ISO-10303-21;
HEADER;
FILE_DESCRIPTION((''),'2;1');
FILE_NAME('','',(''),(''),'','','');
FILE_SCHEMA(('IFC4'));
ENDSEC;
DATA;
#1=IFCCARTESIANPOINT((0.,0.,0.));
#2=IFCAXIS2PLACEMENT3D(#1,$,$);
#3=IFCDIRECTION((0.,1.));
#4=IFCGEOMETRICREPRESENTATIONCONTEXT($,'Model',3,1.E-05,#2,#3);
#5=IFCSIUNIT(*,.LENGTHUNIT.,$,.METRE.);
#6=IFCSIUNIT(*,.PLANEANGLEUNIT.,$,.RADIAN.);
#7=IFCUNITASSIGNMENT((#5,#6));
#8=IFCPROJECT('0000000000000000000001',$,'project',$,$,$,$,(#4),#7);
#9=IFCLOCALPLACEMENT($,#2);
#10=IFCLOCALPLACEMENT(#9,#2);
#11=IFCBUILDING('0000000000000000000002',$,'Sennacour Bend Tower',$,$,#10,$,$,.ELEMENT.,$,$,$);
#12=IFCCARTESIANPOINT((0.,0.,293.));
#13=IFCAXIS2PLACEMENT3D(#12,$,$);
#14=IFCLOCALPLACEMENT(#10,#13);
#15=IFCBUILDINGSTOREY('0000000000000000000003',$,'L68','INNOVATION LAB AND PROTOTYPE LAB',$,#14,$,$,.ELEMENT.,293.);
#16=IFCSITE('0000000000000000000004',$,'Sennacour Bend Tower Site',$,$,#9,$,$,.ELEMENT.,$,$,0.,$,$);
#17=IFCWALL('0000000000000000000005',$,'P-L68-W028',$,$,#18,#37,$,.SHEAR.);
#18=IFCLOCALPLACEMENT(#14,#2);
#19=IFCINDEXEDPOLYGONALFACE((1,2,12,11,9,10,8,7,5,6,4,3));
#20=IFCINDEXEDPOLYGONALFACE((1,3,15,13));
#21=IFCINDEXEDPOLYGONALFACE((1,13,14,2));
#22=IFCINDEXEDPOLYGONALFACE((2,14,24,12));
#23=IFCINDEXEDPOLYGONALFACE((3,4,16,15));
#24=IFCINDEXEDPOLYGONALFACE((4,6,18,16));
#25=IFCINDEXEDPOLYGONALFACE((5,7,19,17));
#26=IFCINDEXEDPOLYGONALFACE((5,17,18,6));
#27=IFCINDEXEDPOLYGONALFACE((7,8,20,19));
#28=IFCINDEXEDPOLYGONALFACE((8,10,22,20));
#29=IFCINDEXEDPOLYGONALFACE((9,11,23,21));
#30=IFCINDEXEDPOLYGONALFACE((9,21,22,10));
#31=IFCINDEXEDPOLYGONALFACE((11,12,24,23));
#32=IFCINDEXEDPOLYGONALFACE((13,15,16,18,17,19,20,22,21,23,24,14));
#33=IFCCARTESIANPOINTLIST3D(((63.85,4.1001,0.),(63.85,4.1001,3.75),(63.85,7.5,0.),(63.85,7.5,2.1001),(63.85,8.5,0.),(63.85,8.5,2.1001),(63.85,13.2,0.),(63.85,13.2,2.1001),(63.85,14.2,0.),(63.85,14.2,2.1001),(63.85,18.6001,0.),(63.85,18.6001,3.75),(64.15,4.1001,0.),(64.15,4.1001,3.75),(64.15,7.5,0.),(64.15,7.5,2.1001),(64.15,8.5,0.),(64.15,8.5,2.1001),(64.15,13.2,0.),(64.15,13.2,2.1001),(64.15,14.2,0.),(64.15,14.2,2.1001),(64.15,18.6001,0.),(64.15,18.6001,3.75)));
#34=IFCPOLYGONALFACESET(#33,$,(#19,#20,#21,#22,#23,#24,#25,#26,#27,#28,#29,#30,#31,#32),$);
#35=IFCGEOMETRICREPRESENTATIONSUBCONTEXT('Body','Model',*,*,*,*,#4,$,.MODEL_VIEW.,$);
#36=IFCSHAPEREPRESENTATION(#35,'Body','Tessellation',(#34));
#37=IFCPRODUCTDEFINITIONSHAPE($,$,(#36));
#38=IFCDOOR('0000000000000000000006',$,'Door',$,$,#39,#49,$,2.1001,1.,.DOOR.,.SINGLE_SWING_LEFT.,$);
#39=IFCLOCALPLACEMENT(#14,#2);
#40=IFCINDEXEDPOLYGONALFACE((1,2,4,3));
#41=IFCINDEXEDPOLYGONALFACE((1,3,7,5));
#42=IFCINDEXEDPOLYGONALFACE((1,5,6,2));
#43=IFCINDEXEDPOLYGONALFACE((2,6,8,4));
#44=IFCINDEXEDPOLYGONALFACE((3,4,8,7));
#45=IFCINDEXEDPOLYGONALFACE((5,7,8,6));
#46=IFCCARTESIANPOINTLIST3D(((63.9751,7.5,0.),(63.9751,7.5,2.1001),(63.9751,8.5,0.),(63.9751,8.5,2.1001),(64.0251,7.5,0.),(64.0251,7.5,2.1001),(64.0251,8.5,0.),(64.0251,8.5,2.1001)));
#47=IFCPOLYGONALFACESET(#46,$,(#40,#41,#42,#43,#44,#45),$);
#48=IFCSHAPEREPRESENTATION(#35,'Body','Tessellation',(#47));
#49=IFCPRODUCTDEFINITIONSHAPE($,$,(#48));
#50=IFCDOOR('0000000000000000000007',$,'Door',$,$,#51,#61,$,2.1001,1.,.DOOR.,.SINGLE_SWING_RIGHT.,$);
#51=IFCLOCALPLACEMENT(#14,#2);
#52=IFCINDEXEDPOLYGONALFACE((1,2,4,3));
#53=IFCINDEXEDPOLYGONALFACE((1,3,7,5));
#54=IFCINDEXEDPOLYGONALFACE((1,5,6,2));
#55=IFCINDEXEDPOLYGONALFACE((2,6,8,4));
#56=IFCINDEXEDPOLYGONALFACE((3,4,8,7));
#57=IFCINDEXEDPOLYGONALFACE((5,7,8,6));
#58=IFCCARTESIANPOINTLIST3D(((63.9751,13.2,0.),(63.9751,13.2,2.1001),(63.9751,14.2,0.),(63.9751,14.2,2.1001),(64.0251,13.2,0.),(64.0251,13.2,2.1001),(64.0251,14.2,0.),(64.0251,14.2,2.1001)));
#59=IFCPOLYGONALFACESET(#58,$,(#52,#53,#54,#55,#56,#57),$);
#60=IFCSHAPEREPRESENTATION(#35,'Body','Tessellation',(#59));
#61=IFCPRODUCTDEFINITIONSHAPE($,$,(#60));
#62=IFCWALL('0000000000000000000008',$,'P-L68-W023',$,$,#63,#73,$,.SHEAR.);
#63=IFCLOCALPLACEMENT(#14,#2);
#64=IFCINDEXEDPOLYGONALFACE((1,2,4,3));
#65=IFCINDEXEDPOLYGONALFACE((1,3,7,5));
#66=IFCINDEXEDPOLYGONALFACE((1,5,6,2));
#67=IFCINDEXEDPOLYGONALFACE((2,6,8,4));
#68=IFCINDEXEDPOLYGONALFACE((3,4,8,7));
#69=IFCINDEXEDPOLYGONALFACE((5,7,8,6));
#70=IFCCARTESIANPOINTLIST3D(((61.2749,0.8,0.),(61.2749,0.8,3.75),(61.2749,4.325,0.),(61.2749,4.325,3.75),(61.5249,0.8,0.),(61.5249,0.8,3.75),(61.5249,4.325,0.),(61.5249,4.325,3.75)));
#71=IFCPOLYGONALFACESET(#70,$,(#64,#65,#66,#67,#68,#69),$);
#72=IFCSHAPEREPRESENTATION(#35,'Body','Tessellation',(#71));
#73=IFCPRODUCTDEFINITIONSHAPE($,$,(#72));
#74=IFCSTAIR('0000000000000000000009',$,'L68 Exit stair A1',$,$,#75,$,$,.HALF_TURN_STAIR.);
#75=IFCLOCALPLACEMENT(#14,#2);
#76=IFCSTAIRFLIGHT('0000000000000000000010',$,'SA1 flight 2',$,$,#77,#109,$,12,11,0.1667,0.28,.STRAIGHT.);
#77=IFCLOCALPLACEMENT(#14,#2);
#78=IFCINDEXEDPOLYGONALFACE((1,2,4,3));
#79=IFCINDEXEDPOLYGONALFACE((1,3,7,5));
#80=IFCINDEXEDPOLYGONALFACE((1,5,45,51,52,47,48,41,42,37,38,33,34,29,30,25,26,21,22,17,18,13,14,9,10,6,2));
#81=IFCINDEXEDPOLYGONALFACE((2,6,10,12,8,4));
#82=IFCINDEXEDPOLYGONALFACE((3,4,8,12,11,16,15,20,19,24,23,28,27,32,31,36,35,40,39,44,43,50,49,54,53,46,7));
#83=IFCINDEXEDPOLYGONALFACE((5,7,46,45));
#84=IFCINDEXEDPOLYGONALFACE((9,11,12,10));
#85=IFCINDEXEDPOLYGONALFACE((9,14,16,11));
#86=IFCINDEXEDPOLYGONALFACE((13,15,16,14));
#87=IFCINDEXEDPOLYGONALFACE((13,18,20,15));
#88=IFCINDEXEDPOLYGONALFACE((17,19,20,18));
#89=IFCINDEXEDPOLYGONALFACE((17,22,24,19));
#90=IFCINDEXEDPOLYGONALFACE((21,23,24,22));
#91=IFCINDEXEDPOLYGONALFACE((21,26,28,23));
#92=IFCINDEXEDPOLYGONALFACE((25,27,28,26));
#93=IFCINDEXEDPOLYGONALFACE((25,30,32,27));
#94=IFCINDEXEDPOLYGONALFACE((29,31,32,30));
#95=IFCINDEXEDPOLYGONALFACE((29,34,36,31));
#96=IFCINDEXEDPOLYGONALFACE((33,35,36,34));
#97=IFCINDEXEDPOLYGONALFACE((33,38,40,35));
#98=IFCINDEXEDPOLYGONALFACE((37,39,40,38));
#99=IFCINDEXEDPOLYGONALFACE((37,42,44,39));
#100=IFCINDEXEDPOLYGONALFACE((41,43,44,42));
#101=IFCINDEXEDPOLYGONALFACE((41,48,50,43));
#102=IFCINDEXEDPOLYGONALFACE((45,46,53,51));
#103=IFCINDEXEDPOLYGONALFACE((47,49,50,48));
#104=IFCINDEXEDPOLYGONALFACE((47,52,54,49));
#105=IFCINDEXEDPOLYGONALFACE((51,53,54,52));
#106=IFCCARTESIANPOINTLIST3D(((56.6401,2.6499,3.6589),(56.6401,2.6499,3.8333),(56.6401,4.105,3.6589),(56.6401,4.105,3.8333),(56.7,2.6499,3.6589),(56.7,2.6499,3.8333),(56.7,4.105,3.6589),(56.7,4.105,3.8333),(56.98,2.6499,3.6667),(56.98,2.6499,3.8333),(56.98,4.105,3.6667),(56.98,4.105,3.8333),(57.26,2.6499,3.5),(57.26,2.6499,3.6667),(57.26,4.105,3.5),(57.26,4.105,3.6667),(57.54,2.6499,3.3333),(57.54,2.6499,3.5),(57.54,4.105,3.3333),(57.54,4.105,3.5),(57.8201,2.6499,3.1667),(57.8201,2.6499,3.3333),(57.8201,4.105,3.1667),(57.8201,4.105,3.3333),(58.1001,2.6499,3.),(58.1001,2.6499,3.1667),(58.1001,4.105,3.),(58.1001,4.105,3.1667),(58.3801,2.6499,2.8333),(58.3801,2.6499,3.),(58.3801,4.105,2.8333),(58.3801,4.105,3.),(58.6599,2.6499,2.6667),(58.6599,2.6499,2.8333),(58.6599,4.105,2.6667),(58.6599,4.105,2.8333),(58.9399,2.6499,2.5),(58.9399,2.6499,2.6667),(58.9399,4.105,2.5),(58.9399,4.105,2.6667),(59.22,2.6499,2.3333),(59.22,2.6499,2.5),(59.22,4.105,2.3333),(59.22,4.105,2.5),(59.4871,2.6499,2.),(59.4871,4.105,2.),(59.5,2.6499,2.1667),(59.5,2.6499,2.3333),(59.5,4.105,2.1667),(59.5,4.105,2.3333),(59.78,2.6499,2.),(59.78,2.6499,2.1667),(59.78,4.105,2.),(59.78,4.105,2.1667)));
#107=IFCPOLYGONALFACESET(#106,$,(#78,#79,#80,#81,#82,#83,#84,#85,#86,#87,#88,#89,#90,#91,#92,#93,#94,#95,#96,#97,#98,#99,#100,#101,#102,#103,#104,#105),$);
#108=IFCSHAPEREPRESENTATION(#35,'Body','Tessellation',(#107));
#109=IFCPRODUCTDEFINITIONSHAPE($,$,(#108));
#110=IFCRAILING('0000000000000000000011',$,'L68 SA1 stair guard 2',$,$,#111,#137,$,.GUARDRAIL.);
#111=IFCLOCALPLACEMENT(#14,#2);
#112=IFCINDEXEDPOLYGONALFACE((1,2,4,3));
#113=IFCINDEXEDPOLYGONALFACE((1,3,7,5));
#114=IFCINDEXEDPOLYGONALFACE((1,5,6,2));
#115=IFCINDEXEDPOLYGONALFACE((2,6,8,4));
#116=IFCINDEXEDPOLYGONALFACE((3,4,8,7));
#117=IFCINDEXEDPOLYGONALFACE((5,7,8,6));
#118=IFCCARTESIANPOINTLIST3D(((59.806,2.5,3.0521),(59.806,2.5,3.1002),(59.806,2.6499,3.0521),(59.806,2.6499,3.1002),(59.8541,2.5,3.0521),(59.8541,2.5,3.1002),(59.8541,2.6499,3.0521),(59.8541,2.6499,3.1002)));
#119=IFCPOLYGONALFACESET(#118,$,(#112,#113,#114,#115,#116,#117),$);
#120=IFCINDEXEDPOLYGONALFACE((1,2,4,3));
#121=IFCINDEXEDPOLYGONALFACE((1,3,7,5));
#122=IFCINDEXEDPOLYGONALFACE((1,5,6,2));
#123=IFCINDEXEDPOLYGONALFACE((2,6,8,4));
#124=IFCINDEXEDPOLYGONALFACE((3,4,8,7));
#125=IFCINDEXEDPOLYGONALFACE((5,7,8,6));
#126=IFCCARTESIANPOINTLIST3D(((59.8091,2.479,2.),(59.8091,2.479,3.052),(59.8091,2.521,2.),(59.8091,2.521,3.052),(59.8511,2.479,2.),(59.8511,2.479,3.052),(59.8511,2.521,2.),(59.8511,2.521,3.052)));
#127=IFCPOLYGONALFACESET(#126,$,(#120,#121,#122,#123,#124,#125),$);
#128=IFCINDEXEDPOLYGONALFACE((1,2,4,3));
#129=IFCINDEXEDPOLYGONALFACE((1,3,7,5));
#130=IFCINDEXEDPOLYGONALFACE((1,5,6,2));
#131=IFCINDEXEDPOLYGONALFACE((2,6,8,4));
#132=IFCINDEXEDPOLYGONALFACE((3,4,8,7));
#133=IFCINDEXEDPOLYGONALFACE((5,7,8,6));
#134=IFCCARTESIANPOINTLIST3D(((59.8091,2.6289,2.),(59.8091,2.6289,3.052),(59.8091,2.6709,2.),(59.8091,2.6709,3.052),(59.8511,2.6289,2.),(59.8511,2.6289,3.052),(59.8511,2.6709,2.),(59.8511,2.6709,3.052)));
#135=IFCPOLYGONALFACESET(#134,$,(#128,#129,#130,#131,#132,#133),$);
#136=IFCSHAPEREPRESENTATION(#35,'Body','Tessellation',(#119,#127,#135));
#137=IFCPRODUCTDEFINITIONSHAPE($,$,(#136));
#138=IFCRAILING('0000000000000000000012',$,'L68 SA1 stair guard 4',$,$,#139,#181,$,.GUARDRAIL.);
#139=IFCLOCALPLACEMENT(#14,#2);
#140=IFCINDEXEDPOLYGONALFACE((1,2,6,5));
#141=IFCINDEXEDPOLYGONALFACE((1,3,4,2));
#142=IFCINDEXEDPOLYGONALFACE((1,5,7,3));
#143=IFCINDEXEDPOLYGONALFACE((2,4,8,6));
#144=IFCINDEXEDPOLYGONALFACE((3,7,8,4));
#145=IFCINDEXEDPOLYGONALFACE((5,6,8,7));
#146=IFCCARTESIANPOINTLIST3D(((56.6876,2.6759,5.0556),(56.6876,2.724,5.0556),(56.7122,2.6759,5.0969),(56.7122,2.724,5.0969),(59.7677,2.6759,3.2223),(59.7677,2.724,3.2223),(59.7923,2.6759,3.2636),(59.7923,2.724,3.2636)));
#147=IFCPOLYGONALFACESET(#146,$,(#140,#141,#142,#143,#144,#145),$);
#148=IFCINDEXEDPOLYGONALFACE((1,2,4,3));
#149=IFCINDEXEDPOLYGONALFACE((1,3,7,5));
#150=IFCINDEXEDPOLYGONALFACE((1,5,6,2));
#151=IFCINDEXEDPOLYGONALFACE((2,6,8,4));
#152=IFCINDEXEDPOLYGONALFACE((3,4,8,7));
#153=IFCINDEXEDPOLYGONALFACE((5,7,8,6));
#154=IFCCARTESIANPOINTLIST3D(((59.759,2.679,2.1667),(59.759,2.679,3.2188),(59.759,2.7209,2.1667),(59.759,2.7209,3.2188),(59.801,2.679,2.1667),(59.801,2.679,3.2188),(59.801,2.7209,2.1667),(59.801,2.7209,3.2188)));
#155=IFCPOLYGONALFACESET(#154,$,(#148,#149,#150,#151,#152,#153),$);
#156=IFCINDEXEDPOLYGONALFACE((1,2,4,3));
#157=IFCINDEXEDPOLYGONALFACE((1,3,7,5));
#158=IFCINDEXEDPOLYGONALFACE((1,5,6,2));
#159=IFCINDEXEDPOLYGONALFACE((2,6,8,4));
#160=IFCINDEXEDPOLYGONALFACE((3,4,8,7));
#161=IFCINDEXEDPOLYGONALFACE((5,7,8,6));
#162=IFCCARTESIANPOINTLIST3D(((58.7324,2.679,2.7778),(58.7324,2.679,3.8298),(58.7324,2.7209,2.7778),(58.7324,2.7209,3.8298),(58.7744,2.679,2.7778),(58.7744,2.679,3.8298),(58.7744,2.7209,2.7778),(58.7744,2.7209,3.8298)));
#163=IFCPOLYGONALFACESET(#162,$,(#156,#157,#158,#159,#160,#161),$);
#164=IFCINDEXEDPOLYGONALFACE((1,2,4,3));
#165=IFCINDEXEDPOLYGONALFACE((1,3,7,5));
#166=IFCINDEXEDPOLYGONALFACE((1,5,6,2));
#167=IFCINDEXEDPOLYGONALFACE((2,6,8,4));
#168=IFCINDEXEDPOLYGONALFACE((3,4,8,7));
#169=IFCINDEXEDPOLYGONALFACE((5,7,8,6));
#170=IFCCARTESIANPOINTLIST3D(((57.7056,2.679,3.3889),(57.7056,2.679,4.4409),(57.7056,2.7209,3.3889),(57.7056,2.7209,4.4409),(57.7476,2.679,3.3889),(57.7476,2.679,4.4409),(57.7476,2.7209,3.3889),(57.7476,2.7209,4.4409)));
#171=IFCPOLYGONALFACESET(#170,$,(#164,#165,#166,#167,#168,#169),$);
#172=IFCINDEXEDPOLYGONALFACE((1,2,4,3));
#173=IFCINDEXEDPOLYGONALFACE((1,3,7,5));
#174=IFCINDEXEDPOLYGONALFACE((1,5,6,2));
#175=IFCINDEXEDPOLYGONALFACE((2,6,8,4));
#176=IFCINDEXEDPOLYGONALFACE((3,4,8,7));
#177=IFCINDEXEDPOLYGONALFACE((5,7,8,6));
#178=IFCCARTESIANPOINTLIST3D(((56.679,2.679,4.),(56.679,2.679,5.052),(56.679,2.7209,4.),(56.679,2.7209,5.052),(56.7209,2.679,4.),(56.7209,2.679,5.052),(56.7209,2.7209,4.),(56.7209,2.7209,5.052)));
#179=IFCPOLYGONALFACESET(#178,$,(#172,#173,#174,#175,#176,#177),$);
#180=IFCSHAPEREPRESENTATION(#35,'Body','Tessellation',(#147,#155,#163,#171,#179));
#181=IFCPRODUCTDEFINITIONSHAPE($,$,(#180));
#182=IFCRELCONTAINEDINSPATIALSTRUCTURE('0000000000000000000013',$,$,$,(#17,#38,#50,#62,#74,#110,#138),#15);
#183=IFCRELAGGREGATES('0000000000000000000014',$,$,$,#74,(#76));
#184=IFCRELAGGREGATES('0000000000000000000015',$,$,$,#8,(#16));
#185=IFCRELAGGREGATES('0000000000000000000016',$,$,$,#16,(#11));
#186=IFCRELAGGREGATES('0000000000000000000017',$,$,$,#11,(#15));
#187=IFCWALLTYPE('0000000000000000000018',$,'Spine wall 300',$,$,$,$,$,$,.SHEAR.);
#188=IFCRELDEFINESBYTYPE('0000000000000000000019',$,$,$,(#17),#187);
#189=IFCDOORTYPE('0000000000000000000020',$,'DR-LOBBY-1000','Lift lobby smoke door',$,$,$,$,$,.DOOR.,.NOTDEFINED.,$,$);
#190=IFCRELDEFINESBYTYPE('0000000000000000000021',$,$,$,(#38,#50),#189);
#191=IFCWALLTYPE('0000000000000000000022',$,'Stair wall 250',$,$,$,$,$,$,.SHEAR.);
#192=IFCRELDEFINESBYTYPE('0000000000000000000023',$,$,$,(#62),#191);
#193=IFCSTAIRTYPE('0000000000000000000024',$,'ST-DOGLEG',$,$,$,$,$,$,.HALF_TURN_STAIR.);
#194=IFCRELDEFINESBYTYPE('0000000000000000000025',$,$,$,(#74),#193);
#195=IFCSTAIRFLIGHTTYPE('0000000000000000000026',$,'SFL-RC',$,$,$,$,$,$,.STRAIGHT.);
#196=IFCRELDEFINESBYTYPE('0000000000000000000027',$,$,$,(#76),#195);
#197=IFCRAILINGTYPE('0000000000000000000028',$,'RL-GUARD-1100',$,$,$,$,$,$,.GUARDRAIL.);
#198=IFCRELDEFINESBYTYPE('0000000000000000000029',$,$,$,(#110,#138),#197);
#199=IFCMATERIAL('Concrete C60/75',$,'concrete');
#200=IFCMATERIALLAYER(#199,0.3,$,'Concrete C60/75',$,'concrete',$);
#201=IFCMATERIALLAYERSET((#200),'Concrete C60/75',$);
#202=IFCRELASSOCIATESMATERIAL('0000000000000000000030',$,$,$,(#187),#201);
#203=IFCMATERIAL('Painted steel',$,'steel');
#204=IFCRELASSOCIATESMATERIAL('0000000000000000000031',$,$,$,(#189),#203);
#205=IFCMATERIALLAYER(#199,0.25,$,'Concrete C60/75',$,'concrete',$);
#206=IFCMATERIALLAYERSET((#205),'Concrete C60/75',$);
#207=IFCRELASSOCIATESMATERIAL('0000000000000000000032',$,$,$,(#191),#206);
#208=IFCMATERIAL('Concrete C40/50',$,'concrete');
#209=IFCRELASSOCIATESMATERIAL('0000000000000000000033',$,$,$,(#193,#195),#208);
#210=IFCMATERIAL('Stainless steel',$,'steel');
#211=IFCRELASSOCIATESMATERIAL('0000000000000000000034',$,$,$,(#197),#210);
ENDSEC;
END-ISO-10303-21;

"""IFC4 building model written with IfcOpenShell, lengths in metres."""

from ifc_helpers import new_model, si_unit, direction, frame, frame_2d, origin, origin_2d, place, context, subcontext, project, spatial, polyline, rectangle, outline, extrude, material, layer, layer_set, type_object, element, fill, aggregate, save


model = new_model("IFC4")

# Units and contexts
model_context = context("Model", 3, precision=1e-05, world=origin(), true_north=direction((0.0, 1.0)))
body_context = subcontext(model_context, "Body", "Model", "MODEL_VIEW")
ifc_project = project(units=[si_unit("LENGTHUNIT", "METRE"), si_unit("PLANEANGLEUNIT", "RADIAN")], contexts=[model_context])

# Site, building, storey
site_placement = place(None, origin())
site = spatial("IfcSite", under=ifc_project, at=site_placement, Name="Sennacour Bend Tower Site", CompositionType="ELEMENT", RefElevation=0.0)
building_placement = place(site_placement, origin())
building = spatial("IfcBuilding", under=site, at=building_placement, Name="Sennacour Bend Tower", CompositionType="ELEMENT")
storey_placement = place(building_placement, frame((0.0, 0.0, 293.0)))
storey = spatial("IfcBuildingStorey", under=building, at=storey_placement, Name="L68", Description="INNOVATION LAB AND PROTOTYPE LAB", CompositionType="ELEMENT", Elevation=293.0)

# Shared definitions
ifc_material_1 = material(Name="Painted steel", Category="steel")

# Wall, openings, doors
ifc_material_2 = material(Name="Concrete C60/75", Category="concrete")
ifc_layer_1 = layer(ifc_material_2, 0.3, Name="Concrete C60/75", Category="concrete")
ifc_layer_set_1 = layer_set([ifc_layer_1], Name="Concrete C60/75")
wall_type_1 = type_object("IfcWallType", Name="Spine wall 300", PredefinedType="SHEAR", material=ifc_layer_set_1)
wall_1_placement = place(storey_placement, frame((64.0, 4.1001, 0.0), z_axis=(0.0, 0.0, 1.0), x_axis=(0.0, 1.0, 0.0)))
wall_1 = element("IfcWall", 1, at=wall_1_placement, inside=storey, type_object=wall_type_1, Name="P-L68-W028", PredefinedType="SHEAR", context=body_context, shape_type="SweptSolid", body=[
    extrude(rectangle(XDim=14.5, YDim=0.3, at=frame_2d((7.25, 0.0))), origin(), (0.0, 0.0, 1.0), 3.75),
])
opening_1_placement = place(wall_1_placement, frame((3.3999, 0.0, 0.0)))
opening_1 = element("IfcOpeningElement", 2, at=opening_1_placement, cuts=wall_1, PredefinedType="OPENING", context=body_context, shape_type="SweptSolid", body=[
    extrude(rectangle(XDim=1.0, YDim=2.1001, at=frame_2d((0.5, 1.05))), frame((0.0, 0.1602, 0.0), z_axis=(0.0, -1.0, 0.0), x_axis=(1.0, 0.0, 0.0)), (0.0, 0.0, 1.0), 0.3201),
])
opening_2_placement = place(wall_1_placement, frame((9.0999, 0.0, 0.0)))
opening_2 = element("IfcOpeningElement", 3, at=opening_2_placement, cuts=wall_1, PredefinedType="OPENING", context=body_context, shape_type="SweptSolid", body=[
    extrude(rectangle(XDim=1.0, YDim=2.1001, at=frame_2d((0.5, 1.05))), frame((0.0, 0.1602, 0.0), z_axis=(0.0, -1.0, 0.0), x_axis=(1.0, 0.0, 0.0)), (0.0, 0.0, 1.0), 0.3201),
])
door_type_1 = type_object("IfcDoorType", Name="DR-LOBBY-1000", Description="Lift lobby smoke door", OperationType="NOTDEFINED", PredefinedType="DOOR", material=ifc_material_1)
door_1_placement = place(opening_1_placement, origin())
door_1 = element("IfcDoor", 4, at=door_1_placement, inside=storey, type_object=door_type_1, Name="Door", OperationType="SINGLE_SWING_LEFT", OverallHeight=2.1001, OverallWidth=1.0, PredefinedType="DOOR", context=body_context, shape_type="SweptSolid", body=[
    extrude(rectangle(XDim=1.0, YDim=2.1001, at=frame_2d((0.5, 1.05))), frame((0.0, 0.0249, 0.0), z_axis=(0.0, -1.0, 0.0), x_axis=(1.0, 0.0, 0.0)), (0.0, 0.0, 1.0), 0.05),
])
fill(opening_1, door_1)
door_2_placement = place(opening_2_placement, origin())
door_2 = element("IfcDoor", 5, at=door_2_placement, inside=storey, type_object=door_type_1, Name="Door", OperationType="SINGLE_SWING_RIGHT", OverallHeight=2.1001, OverallWidth=1.0, PredefinedType="DOOR", context=body_context, shape_type="SweptSolid", body=[
    extrude(rectangle(XDim=1.0, YDim=2.1001, at=frame_2d((0.5, 1.05))), frame((0.0, 0.0249, 0.0), z_axis=(0.0, -1.0, 0.0), x_axis=(1.0, 0.0, 0.0)), (0.0, 0.0, 1.0), 0.05),
])
fill(opening_2, door_2)

# Wall
ifc_layer_2 = layer(ifc_material_2, 0.25, Name="Concrete C60/75", Category="concrete")
ifc_layer_set_2 = layer_set([ifc_layer_2], Name="Concrete C60/75")
wall_type_2 = type_object("IfcWallType", Name="Stair wall 250", PredefinedType="SHEAR", material=ifc_layer_set_2)
wall_2_placement = place(storey_placement, frame((61.3999, 0.8, 0.0), z_axis=(0.0, 0.0, 1.0), x_axis=(0.0, 1.0, 0.0)))
element("IfcWall", 6, at=wall_2_placement, inside=storey, type_object=wall_type_2, Name="P-L68-W023", PredefinedType="SHEAR", context=body_context, shape_type="SweptSolid", body=[
    extrude(rectangle(XDim=3.5249, YDim=0.25, at=frame_2d((1.7625, 0.0))), origin(), (0.0, 0.0, 1.0), 3.75),
])

# Stair, stair flight
ifc_material_3 = material(Name="Concrete C40/50", Category="concrete")
stair_type = type_object("IfcStairType", Name="ST-DOGLEG", PredefinedType="HALF_TURN_STAIR", material=ifc_material_3)
stair_placement = place(storey_placement, origin())
stair = element("IfcStair", 7, at=stair_placement, inside=storey, type_object=stair_type, Name="L68 Exit stair A1", PredefinedType="HALF_TURN_STAIR")
stair_flight_type = type_object("IfcStairFlightType", Name="SFL-RC", PredefinedType="STRAIGHT", material=ifc_material_3)
stair_flight_placement = place(storey_placement, frame((59.78, 3.3774, 2.0), z_axis=(0.0, 0.0, 1.0), x_axis=(-1.0, 0.0, 0.0)))
stair_flight = element("IfcStairFlight", 8, at=stair_flight_placement, type_object=stair_flight_type, Name="SA1 flight 2", NumberOfRisers=12, NumberOfTreads=11, PredefinedType="STRAIGHT", RiserHeight=0.1667, TreadLength=0.28, context=body_context, shape_type="SweptSolid", body=[
    extrude(outline(polyline([(0.0, 0.0), (0.0, 0.1667), (0.28, 0.1667), (0.28, 0.3333), (0.5601, 0.3333), (0.5601, 0.5), (0.8401, 0.5), (0.8401, 0.6667), (1.1201, 0.6667), (1.1201, 0.8333), (1.3999, 0.8333), (1.3999, 1.0), (1.6799, 1.0), (1.6799, 1.1667), (1.96, 1.1667), (1.96, 1.3333), (2.24, 1.3333), (2.24, 1.5), (2.52, 1.5), (2.52, 1.6667), (2.8, 1.6667), (2.8, 1.8333), (3.0801, 1.8333), (3.1399, 1.8333), (3.1399, 1.6589), (3.0801, 1.6589), (0.293, 0.0), (0.0, 0.0)])), frame((0.0, 0.7275, 0.0), z_axis=(0.0, -1.0, 0.0), x_axis=(1.0, 0.0, 0.0)), (0.0, 0.0, 1.0), 1.4551),
])
aggregate(stair, [stair_flight])

# Railings
ifc_material_4 = material(Name="Stainless steel", Category="steel")
railing_type_1 = type_object("IfcRailingType", Name="RL-GUARD-1100", PredefinedType="GUARDRAIL", material=ifc_material_4)
railing_1_placement = place(storey_placement, frame((59.8301, 2.5, 2.0)))
element("IfcRailing", 9, at=railing_1_placement, inside=storey, type_object=railing_type_1, Name="L68 SA1 stair guard 2", PredefinedType="GUARDRAIL", context=body_context, shape_type="SweptSolid", body=[
    extrude(rectangle(XDim=0.0481, YDim=0.0481, at=origin_2d()), frame((0.0, 0.0, 1.0762), z_axis=(0.0, 1.0, 0.0), x_axis=(-1.0, 0.0, 0.0)), (0.0, 0.0, 1.0), 0.1499),
    extrude(rectangle(XDim=0.042, YDim=0.042, at=origin_2d()), origin(), (0.0, 0.0, 1.0), 1.052),
    extrude(rectangle(XDim=0.042, YDim=0.042, at=origin_2d()), frame((0.0, 0.1499, 0.0)), (0.0, 0.0, 1.0), 1.052),
])
railing_2_placement = place(storey_placement, frame((59.78, 2.7, 2.1667)))
element("IfcRailing", 10, at=railing_2_placement, inside=storey, type_object=railing_type_1, Name="L68 SA1 stair guard 4", PredefinedType="GUARDRAIL", context=body_context, shape_type="SweptSolid", body=[
    extrude(rectangle(XDim=0.0481, YDim=0.0481, at=origin_2d()), frame((0.0, 0.0, 1.0762), z_axis=(-0.859309, 0.0, 0.511458), x_axis=(0.0, -1.0, 0.0)), (0.0, 0.0, 1.0), 3.5845),
    extrude(rectangle(XDim=0.042, YDim=0.042, at=origin_2d()), origin(), (0.0, 0.0, 1.0), 1.052),
    extrude(rectangle(XDim=0.042, YDim=0.042, at=origin_2d()), frame((-1.0266, 0.0, 0.6111)), (0.0, 0.0, 1.0), 1.052),
    extrude(rectangle(XDim=0.042, YDim=0.042, at=origin_2d()), frame((-2.0535, 0.0, 1.2222)), (0.0, 0.0, 1.0), 1.052),
    extrude(rectangle(XDim=0.042, YDim=0.042, at=origin_2d()), frame((-3.0801, 0.0, 1.8333)), (0.0, 0.0, 1.0), 1.052),
])

save(model, "model.ifc")
